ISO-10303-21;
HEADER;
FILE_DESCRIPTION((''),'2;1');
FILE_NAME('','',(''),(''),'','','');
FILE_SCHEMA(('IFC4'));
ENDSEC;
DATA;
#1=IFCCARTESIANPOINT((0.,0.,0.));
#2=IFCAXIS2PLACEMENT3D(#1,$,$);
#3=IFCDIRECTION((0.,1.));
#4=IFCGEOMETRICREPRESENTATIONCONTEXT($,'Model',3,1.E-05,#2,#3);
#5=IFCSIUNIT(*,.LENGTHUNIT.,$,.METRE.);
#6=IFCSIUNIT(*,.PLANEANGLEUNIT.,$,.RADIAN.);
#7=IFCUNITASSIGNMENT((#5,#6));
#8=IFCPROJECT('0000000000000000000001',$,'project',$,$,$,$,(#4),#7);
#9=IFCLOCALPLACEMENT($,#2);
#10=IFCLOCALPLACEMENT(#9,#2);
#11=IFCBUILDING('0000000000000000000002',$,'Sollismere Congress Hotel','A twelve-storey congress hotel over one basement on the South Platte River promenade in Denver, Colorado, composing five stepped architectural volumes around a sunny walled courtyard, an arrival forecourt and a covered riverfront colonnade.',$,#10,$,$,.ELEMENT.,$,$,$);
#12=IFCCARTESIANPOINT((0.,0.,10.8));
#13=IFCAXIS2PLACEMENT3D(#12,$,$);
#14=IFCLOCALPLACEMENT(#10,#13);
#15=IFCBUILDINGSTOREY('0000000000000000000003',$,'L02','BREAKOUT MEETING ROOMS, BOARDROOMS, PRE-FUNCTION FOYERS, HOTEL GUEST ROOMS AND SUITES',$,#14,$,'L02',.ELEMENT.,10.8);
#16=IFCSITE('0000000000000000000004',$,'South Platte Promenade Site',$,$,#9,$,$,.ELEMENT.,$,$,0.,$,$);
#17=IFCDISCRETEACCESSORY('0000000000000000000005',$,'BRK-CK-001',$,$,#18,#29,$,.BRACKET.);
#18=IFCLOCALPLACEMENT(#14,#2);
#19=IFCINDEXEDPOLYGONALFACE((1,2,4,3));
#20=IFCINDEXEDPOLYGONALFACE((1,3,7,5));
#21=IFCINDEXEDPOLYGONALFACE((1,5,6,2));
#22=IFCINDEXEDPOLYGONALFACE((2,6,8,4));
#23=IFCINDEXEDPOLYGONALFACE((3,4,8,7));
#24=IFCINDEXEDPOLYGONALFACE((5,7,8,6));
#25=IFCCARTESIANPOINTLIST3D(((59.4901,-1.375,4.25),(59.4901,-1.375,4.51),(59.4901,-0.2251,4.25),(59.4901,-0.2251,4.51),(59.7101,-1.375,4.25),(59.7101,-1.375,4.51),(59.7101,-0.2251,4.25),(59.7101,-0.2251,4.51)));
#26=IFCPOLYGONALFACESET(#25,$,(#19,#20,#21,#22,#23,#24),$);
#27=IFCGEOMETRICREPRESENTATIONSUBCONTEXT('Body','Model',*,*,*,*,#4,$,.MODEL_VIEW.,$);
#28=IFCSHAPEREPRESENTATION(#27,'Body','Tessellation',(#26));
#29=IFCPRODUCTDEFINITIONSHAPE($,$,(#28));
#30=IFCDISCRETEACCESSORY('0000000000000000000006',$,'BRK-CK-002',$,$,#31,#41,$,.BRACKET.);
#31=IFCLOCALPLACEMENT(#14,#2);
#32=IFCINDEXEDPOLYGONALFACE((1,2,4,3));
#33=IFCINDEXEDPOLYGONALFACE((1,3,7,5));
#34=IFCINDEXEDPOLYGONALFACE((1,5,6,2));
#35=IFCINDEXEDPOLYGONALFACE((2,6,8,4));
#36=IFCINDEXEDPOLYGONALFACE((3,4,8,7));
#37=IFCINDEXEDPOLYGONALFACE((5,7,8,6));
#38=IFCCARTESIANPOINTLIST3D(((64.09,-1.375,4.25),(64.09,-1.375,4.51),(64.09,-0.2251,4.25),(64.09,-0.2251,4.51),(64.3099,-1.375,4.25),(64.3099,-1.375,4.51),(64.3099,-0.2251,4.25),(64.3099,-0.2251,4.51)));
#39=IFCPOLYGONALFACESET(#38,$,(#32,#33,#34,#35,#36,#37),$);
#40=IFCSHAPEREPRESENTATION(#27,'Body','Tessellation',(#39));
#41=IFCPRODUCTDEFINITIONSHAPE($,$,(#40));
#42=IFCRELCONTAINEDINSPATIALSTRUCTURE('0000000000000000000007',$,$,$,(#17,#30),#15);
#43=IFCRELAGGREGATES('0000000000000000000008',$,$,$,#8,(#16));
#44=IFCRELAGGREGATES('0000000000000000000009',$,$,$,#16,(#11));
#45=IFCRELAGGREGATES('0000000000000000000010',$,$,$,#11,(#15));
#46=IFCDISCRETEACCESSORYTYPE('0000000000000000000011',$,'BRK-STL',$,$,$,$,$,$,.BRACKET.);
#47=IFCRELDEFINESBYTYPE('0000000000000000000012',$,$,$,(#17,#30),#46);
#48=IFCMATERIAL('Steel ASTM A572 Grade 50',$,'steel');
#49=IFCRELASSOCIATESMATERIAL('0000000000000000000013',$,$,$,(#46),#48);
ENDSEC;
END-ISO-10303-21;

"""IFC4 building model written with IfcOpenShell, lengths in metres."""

from ifc_helpers import new_model, si_unit, direction, frame, origin, origin_2d, place, context, subcontext, project, spatial, rectangle, extrude, material, type_object, element, save


model = new_model("IFC4")

# Units and contexts
model_context = context("Model", 3, precision=1e-05, world=origin(), true_north=direction((0.0, 1.0)))
body_context = subcontext(model_context, "Body", "Model", "MODEL_VIEW")
ifc_project = project(units=[si_unit("LENGTHUNIT", "METRE"), si_unit("PLANEANGLEUNIT", "RADIAN")], contexts=[model_context])

# Site, building, storey
site_placement = place(None, origin())
site = spatial("IfcSite", under=ifc_project, at=site_placement, Name="South Platte Promenade Site", CompositionType="ELEMENT", RefElevation=0.0)
building_placement = place(site_placement, origin())
building = spatial("IfcBuilding", under=site, at=building_placement, Name="Sollismere Congress Hotel", Description="A twelve-storey congress hotel over one basement on the South Platte River promenade in Denver, Colorado, composing five stepped architectural volumes around a sunny walled courtyard, an arrival forecourt and a covered riverfront colonnade.", CompositionType="ELEMENT")
storey_placement = place(building_placement, frame((0.0, 0.0, 10.8)))
storey = spatial("IfcBuildingStorey", under=building, at=storey_placement, Name="L02", Description="BREAKOUT MEETING ROOMS, BOARDROOMS, PRE-FUNCTION FOYERS, HOTEL GUEST ROOMS AND SUITES", LongName="L02", CompositionType="ELEMENT", Elevation=10.8)

# Discrete accessories
ifc_material_1 = material(Name="Steel ASTM A572 Grade 50", Category="steel")
discrete_accessory_type = type_object("IfcDiscreteAccessoryType", Name="BRK-STL", PredefinedType="BRACKET", material=ifc_material_1)
for number, where, z_axis, x_axis, name in (
    (1, (59.6001, -0.8, 4.25), (0.0, 0.0, 1.0), (1.0, 0.0, 0.0), "BRK-CK-001"),
    (2, (64.2, -0.8, 4.25), (0.0, 0.0, 1.0), (1.0, 0.0, 0.0), "BRK-CK-002"),
):
    element("IfcDiscreteAccessory", number, at=place(storey_placement, frame(where, z_axis=z_axis, x_axis=x_axis)), inside=storey, type_object=discrete_accessory_type, Name=name, PredefinedType="BRACKET", context=body_context, shape_type="SweptSolid", body=[
        extrude(rectangle(XDim=0.22, YDim=1.1499, at=origin_2d()), origin(), (0.0, 0.0, 1.0), 0.26),
    ])

save(model, "model.ifc")
